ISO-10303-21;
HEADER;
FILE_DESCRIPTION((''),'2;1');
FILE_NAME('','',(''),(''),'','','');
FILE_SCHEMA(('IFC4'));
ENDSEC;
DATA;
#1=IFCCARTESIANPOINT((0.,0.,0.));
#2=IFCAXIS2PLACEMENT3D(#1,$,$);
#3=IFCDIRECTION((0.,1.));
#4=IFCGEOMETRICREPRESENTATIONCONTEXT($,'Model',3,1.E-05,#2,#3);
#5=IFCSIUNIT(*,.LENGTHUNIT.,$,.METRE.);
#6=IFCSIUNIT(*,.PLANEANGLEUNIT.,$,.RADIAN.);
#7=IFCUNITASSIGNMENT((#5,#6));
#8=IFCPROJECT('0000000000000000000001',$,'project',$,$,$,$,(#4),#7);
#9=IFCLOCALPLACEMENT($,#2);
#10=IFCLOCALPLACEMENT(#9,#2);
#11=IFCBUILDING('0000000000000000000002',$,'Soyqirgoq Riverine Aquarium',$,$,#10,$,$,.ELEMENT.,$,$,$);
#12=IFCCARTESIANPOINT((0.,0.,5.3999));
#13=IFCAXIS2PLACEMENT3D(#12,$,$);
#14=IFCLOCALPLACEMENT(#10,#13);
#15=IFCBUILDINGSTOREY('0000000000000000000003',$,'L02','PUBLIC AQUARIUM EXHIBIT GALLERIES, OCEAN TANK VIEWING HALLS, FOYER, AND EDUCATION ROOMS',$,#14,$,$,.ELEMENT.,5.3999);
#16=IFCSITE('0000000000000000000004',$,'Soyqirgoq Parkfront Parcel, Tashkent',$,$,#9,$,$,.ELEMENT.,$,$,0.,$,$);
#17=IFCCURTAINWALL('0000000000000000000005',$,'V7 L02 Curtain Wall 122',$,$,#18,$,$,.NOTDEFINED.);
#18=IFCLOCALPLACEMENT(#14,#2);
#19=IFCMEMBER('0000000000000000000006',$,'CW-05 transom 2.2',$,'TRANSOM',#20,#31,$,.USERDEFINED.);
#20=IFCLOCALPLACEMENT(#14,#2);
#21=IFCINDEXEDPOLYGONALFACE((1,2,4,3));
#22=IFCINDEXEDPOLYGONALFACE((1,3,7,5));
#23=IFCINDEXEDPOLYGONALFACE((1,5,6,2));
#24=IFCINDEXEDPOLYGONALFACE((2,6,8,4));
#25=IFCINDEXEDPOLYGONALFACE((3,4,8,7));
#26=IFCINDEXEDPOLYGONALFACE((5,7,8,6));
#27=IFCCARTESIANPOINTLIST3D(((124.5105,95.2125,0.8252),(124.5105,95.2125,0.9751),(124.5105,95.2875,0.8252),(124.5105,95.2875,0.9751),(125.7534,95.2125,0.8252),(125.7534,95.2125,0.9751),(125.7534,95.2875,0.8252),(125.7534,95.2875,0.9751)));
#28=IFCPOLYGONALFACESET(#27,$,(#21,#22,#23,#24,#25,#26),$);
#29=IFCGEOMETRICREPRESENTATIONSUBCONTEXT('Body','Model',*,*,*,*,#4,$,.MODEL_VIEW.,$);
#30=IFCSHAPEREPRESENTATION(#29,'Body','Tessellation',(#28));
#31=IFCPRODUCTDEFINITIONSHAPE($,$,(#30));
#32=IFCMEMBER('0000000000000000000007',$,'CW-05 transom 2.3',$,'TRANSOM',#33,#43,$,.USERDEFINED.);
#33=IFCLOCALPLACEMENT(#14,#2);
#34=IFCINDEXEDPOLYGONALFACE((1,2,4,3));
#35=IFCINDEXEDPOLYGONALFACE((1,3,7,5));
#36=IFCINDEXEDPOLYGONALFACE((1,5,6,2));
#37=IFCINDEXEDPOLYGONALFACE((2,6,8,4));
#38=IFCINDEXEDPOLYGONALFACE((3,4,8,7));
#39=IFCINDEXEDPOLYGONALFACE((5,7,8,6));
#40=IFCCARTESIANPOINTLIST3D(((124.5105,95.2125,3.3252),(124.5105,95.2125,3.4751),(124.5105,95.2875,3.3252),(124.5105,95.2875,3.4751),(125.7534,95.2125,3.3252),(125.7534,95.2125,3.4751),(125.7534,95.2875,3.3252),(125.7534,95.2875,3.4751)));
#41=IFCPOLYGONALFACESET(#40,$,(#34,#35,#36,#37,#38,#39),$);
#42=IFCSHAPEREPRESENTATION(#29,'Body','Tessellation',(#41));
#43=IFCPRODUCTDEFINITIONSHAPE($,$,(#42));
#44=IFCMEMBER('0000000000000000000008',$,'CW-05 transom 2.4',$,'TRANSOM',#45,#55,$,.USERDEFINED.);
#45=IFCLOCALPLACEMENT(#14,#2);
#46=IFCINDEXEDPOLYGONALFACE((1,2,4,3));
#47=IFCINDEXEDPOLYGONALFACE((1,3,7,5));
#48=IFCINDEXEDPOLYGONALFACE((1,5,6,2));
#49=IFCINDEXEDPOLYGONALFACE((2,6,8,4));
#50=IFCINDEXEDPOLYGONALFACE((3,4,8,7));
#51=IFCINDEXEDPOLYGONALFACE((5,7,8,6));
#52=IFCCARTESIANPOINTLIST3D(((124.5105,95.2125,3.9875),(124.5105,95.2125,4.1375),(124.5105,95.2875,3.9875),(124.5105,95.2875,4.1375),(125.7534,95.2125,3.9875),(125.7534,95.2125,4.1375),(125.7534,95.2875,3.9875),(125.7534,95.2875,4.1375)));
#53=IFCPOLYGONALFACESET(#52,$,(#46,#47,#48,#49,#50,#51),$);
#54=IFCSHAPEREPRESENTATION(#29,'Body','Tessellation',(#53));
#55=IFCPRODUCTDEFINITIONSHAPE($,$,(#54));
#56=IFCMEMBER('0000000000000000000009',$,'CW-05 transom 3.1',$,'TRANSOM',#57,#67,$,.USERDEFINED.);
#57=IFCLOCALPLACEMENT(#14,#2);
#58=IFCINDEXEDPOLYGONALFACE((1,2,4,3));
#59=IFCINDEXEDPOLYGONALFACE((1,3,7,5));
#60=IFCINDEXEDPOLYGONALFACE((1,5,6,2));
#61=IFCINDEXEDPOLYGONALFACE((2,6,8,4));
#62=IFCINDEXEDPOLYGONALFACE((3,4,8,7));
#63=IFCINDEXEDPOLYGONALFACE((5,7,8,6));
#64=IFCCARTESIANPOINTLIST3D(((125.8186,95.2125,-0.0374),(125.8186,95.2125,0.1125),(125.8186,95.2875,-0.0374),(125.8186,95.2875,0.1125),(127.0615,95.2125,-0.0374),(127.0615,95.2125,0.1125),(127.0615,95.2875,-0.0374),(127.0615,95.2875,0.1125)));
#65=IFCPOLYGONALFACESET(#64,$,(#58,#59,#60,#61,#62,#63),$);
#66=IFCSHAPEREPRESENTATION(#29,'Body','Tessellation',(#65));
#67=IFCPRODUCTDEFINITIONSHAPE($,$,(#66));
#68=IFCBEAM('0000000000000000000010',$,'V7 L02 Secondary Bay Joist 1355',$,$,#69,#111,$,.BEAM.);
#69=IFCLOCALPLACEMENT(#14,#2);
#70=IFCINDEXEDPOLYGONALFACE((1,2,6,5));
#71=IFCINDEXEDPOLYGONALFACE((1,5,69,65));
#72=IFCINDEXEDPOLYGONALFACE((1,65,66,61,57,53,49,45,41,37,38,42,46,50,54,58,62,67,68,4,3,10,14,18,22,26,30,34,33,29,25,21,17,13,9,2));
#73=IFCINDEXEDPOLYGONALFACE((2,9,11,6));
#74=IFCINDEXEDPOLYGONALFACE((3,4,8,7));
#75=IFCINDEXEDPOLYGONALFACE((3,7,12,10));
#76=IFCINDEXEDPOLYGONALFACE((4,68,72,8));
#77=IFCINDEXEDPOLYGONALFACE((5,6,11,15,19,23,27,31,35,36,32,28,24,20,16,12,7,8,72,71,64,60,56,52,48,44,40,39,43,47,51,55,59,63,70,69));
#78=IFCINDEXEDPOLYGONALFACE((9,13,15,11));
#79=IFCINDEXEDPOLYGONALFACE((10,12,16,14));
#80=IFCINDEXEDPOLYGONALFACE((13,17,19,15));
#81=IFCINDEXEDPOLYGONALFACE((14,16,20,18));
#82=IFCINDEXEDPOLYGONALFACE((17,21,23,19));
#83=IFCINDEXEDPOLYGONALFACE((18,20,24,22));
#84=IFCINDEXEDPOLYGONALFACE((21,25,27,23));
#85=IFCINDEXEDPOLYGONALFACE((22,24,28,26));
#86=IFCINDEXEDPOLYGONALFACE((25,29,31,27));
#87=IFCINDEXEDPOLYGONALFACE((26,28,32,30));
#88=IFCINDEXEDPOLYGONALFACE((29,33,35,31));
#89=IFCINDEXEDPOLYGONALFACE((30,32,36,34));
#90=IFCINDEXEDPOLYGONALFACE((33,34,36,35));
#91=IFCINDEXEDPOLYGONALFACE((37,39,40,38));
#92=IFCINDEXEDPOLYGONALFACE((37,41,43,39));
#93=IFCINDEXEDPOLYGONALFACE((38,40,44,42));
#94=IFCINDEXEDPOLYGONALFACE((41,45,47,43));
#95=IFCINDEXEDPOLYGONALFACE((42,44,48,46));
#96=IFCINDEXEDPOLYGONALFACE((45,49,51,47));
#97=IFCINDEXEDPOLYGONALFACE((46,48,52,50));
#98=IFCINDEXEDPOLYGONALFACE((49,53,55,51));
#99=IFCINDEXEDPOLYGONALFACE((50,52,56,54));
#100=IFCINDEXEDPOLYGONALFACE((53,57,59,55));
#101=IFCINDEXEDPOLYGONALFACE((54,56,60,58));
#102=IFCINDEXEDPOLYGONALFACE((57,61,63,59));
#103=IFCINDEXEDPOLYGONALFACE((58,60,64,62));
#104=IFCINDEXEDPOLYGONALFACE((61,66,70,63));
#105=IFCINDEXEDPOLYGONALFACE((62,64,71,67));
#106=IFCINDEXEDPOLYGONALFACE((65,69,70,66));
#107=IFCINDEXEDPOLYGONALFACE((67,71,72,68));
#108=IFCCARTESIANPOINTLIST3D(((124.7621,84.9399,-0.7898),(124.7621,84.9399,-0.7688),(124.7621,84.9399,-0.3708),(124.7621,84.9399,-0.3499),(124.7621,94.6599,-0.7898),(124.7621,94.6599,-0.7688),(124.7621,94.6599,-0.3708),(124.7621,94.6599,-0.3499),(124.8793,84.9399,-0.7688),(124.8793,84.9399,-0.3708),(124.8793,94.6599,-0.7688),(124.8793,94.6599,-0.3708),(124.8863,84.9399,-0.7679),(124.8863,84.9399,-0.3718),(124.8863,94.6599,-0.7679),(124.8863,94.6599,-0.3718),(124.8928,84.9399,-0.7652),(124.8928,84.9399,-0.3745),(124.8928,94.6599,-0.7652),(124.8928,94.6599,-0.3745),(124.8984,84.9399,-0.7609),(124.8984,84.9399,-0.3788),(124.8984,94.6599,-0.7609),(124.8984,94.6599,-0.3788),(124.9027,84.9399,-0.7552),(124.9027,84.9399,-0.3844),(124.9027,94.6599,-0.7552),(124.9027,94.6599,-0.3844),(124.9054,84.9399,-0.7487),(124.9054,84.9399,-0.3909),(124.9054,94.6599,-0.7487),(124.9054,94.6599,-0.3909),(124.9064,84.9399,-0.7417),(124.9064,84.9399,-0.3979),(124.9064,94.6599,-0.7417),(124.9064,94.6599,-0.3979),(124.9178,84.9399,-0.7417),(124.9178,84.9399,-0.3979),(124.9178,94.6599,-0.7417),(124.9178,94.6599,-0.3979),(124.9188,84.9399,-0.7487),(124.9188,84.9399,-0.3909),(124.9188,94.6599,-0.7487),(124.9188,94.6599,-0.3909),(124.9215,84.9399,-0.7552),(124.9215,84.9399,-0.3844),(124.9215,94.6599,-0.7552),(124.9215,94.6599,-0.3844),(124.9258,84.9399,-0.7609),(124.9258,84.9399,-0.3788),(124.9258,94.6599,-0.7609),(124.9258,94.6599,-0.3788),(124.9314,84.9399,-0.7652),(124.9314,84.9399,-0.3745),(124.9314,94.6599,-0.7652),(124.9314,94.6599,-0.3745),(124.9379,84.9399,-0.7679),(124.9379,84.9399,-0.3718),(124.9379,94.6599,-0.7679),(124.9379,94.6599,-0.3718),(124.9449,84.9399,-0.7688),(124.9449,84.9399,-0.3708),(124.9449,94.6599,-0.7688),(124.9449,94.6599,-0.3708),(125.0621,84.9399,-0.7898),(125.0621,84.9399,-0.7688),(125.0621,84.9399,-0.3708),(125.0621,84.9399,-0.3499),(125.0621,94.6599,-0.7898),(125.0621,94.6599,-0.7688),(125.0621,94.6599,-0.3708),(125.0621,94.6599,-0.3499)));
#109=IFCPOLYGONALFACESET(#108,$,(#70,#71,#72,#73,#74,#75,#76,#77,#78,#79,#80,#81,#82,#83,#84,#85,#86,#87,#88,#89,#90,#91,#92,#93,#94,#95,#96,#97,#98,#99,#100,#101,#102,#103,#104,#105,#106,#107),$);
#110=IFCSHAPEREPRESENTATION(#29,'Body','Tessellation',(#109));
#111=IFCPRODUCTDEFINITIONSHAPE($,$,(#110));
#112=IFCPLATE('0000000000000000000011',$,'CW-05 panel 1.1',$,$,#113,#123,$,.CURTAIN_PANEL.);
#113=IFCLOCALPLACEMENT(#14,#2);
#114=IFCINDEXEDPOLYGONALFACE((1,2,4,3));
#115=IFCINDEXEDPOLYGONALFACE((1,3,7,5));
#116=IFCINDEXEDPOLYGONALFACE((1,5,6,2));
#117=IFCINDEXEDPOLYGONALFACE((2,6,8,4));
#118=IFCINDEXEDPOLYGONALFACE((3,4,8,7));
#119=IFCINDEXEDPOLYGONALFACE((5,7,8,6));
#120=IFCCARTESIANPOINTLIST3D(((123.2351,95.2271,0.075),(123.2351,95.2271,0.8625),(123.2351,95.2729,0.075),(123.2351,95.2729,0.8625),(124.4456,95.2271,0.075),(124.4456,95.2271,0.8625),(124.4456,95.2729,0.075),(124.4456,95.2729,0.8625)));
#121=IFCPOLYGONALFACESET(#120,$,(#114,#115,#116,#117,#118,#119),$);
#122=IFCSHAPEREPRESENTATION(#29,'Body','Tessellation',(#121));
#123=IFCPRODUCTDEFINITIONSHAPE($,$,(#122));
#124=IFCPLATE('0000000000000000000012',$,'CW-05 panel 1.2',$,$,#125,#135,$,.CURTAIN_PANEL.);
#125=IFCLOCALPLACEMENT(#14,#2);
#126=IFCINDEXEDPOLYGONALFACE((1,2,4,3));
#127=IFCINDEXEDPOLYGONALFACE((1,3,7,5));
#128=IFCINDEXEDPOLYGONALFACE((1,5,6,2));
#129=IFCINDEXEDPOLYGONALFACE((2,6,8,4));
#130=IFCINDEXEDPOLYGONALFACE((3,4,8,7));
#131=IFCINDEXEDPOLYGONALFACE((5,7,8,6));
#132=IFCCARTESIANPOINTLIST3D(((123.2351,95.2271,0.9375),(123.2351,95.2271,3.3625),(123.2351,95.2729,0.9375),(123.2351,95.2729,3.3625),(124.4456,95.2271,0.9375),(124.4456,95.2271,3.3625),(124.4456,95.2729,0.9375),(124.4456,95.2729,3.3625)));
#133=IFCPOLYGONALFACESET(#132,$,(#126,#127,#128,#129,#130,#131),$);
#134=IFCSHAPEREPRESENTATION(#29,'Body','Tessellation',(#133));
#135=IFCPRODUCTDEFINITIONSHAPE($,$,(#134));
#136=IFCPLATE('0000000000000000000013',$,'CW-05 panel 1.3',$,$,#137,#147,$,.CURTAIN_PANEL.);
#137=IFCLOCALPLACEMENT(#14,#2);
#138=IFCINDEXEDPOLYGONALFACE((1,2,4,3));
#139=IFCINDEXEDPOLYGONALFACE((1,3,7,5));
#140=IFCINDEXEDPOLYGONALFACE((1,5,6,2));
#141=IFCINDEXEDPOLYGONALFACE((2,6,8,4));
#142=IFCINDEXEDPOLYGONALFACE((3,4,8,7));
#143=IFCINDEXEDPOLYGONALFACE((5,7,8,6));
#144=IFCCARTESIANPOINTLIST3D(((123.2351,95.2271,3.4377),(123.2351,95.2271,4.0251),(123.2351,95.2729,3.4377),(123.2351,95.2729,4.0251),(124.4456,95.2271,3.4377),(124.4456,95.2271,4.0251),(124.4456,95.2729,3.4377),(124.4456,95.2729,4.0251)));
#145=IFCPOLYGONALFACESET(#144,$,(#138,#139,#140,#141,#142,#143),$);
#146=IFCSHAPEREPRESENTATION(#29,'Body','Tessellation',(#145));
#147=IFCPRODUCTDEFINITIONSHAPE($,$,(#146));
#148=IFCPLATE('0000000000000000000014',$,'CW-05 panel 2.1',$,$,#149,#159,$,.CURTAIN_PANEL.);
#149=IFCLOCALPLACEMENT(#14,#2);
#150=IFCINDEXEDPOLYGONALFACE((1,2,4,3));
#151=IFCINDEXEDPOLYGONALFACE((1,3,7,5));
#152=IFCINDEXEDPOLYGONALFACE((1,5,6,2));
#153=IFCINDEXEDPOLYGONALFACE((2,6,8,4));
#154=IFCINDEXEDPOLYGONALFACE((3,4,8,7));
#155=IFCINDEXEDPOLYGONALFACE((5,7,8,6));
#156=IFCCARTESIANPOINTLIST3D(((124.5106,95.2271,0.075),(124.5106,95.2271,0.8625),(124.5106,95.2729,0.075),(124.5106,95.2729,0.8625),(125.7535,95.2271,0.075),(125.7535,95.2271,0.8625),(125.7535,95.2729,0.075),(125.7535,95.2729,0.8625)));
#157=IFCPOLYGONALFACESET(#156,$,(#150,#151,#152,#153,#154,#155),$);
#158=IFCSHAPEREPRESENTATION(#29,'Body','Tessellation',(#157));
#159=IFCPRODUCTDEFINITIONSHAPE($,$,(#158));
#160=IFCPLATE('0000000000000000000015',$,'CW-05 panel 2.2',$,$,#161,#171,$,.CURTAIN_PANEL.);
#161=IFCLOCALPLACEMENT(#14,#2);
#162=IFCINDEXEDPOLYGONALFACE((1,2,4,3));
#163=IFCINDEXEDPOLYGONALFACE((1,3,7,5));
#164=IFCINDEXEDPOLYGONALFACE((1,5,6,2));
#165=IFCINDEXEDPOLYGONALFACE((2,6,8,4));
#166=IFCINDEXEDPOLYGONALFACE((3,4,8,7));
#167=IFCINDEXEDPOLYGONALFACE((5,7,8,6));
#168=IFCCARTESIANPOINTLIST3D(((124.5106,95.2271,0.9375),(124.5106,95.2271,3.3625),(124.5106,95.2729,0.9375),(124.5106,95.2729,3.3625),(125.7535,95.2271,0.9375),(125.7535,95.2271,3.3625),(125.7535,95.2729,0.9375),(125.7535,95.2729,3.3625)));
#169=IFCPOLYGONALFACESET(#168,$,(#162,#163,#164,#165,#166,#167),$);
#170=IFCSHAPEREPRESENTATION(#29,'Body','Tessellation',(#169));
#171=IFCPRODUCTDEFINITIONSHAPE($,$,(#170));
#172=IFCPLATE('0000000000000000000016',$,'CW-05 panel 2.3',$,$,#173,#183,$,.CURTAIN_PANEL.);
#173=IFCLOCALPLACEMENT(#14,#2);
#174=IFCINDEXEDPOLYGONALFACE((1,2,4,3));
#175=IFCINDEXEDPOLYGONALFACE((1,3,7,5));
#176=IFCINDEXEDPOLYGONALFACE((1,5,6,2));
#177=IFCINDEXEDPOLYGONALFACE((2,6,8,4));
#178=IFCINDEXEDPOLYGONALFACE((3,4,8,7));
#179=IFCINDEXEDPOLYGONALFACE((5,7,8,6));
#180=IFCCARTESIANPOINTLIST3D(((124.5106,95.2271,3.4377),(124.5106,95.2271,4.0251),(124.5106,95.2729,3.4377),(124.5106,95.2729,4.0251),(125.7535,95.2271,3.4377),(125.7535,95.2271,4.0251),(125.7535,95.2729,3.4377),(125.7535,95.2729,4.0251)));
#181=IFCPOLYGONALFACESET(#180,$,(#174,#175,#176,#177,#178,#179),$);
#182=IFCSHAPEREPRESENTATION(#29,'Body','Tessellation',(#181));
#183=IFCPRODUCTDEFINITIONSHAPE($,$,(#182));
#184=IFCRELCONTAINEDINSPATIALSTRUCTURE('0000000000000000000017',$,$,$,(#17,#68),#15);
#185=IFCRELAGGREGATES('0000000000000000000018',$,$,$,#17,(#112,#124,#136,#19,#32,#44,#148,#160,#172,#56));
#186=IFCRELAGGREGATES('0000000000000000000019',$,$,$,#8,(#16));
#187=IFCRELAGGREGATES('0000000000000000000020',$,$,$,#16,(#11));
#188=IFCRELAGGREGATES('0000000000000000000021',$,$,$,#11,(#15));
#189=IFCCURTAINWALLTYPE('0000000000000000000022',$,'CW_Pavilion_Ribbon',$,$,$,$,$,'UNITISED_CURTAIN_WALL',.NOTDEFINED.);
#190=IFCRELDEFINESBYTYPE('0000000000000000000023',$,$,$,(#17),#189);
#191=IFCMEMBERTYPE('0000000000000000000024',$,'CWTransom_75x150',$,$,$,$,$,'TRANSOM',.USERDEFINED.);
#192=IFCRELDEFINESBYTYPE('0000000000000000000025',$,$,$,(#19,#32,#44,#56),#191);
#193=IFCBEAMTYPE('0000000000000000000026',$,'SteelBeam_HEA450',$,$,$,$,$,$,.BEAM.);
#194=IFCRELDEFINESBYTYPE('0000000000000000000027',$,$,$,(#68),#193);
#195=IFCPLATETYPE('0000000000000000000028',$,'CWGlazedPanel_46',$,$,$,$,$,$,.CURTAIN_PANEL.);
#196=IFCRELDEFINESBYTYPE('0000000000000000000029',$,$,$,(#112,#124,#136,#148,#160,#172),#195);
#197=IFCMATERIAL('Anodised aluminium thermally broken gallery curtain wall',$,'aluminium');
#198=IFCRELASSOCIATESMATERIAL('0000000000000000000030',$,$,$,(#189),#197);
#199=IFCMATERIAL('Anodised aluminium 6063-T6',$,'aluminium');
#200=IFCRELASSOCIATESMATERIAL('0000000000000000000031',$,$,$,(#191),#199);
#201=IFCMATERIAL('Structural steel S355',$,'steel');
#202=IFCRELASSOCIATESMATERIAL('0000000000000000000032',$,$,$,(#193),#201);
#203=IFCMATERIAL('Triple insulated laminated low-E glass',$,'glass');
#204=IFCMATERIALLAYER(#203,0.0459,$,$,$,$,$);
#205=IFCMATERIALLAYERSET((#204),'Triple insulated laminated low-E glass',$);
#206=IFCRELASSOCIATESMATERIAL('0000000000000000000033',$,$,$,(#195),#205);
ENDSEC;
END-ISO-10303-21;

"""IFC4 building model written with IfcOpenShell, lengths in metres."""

from ifc_helpers import new_model, si_unit, direction, frame, origin, origin_2d, place, context, subcontext, project, spatial, rectangle, i_section, extrude, material, layer, layer_set, material_profile, profile_set, type_object, element, aggregate, save


model = new_model("IFC4")

# Units and contexts
model_context = context("Model", 3, precision=1e-05, world=origin(), true_north=direction((0.0, 1.0)))
body_context = subcontext(model_context, "Body", "Model", "MODEL_VIEW")
ifc_project = project(units=[si_unit("LENGTHUNIT", "METRE"), si_unit("PLANEANGLEUNIT", "RADIAN")], contexts=[model_context])

# Site, building, storey
site_placement = place(None, origin())
site = spatial("IfcSite", under=ifc_project, at=site_placement, Name="Soyqirgoq Parkfront Parcel, Tashkent", CompositionType="ELEMENT", RefElevation=0.0)
building_placement = place(site_placement, origin())
building = spatial("IfcBuilding", under=site, at=building_placement, Name="Soyqirgoq Riverine Aquarium", CompositionType="ELEMENT")
storey_placement = place(building_placement, frame((0.0, 0.0, 5.3999)))
storey = spatial("IfcBuildingStorey", under=building, at=storey_placement, Name="L02", Description="PUBLIC AQUARIUM EXHIBIT GALLERIES, OCEAN TANK VIEWING HALLS, FOYER, AND EDUCATION ROOMS", CompositionType="ELEMENT", Elevation=5.3999)

# Curtain wall, members
ifc_material_1 = material(Name="Anodised aluminium thermally broken gallery curtain wall", Category="aluminium")
curtain_wall_type = type_object("IfcCurtainWallType", Name="CW_Pavilion_Ribbon", ElementType="UNITISED_CURTAIN_WALL", PredefinedType="NOTDEFINED", material=ifc_material_1)
curtain_wall_placement = place(storey_placement, origin())
curtain_wall = element("IfcCurtainWall", 1, at=curtain_wall_placement, inside=storey, type_object=curtain_wall_type, Name="V7 L02 Curtain Wall 122", PredefinedType="NOTDEFINED")
ifc_material_2 = material(Name="Anodised aluminium 6063-T6", Category="aluminium")
ifc_material_profile_1 = material_profile(ifc_material_2, rectangle(XDim=0.075, YDim=0.1499, at=origin_2d()), Name="ALU-T 75x150")
ifc_profile_set_1 = profile_set([ifc_material_profile_1], Name="Anodised aluminium 6063-T6")
member_type_1 = type_object("IfcMemberType", Name="CWTransom_75x150", ElementType="TRANSOM", PredefinedType="USERDEFINED", material=ifc_profile_set_1)
member_1_placement = place(storey_placement, frame((124.5105, 95.25, 0.9001), z_axis=(1.0, 0.0, 0.0), x_axis=(0.0, 1.0, 0.0)))
member_1 = element("IfcMember", 2, at=member_1_placement, type_object=member_type_1, Name="CW-05 transom 2.2", ObjectType="TRANSOM", PredefinedType="USERDEFINED", context=body_context, shape_type="SweptSolid", body=[
    extrude(rectangle(XDim=0.075, YDim=0.1499, at=origin_2d()), origin(), (0.0, 0.0, 1.0), 1.2429),
])
member_2_placement = place(storey_placement, frame((124.5105, 95.25, 3.4001), z_axis=(1.0, 0.0, 0.0), x_axis=(0.0, 1.0, 0.0)))
member_2 = element("IfcMember", 3, at=member_2_placement, type_object=member_type_1, Name="CW-05 transom 2.3", ObjectType="TRANSOM", PredefinedType="USERDEFINED", context=body_context, shape_type="SweptSolid", body=[
    extrude(rectangle(XDim=0.075, YDim=0.1499, at=origin_2d()), origin(), (0.0, 0.0, 1.0), 1.2429),
])
member_3_placement = place(storey_placement, frame((124.5105, 95.25, 4.0625), z_axis=(1.0, 0.0, 0.0), x_axis=(0.0, 1.0, 0.0)))
member_3 = element("IfcMember", 4, at=member_3_placement, type_object=member_type_1, Name="CW-05 transom 2.4", ObjectType="TRANSOM", PredefinedType="USERDEFINED", context=body_context, shape_type="SweptSolid", body=[
    extrude(rectangle(XDim=0.075, YDim=0.1499, at=origin_2d()), origin(), (0.0, 0.0, 1.0), 1.2429),
])
member_4_placement = place(storey_placement, frame((125.8186, 95.25, 0.0376), z_axis=(1.0, 0.0, 0.0), x_axis=(0.0, 1.0, 0.0)))
member_4 = element("IfcMember", 5, at=member_4_placement, type_object=member_type_1, Name="CW-05 transom 3.1", ObjectType="TRANSOM", PredefinedType="USERDEFINED", context=body_context, shape_type="SweptSolid", body=[
    extrude(rectangle(XDim=0.075, YDim=0.1499, at=origin_2d()), origin(), (0.0, 0.0, 1.0), 1.2429),
])

# Beam
ifc_material_3 = material(Name="Structural steel S355", Category="steel")
ifc_material_profile_2 = material_profile(ifc_material_3, i_section(OverallWidth=0.3, OverallDepth=0.4399, WebThickness=0.0115, FlangeThickness=0.021, FilletRadius=0.0271, at=origin_2d()), Name="HEA 450")
ifc_profile_set_2 = profile_set([ifc_material_profile_2], Name="Structural steel S355")
beam_type_1 = type_object("IfcBeamType", Name="SteelBeam_HEA450", PredefinedType="BEAM", material=ifc_profile_set_2)
beam_1_placement = place(storey_placement, frame((124.9121, 84.9399, -0.5698), z_axis=(0.0, 1.0, 0.0), x_axis=(-1.0, 0.0, 0.0)))
element("IfcBeam", 6, at=beam_1_placement, inside=storey, type_object=beam_type_1, Name="V7 L02 Secondary Bay Joist 1355", PredefinedType="BEAM", context=body_context, shape_type="SweptSolid", body=[
    extrude(i_section(OverallWidth=0.3, OverallDepth=0.4399, WebThickness=0.0115, FlangeThickness=0.021, FilletRadius=0.0271, at=origin_2d()), origin(), (0.0, 0.0, 1.0), 9.72),
])

# Plates
ifc_material_4 = material(Name="Triple insulated laminated low-E glass", Category="glass")
ifc_layer_1 = layer(ifc_material_4, 0.0459)
ifc_layer_set_1 = layer_set([ifc_layer_1], Name="Triple insulated laminated low-E glass")
plate_type = type_object("IfcPlateType", Name="CWGlazedPanel_46", PredefinedType="CURTAIN_PANEL", material=ifc_layer_set_1)
plate_1_placement = place(storey_placement, frame((123.8403, 95.25, 0.075), z_axis=(0.0, 0.0, 1.0), x_axis=(1.0, 0.0, 0.0)))
plate_1 = element("IfcPlate", 7, at=plate_1_placement, type_object=plate_type, Name="CW-05 panel 1.1", PredefinedType="CURTAIN_PANEL", context=body_context, shape_type="SweptSolid", body=[
    extrude(rectangle(XDim=1.2104, YDim=0.0459, at=origin_2d()), origin(), (0.0, 0.0, 1.0), 0.7876),
])
plate_2_placement = place(storey_placement, frame((123.8403, 95.25, 0.9375), z_axis=(0.0, 0.0, 1.0), x_axis=(1.0, 0.0, 0.0)))
plate_2 = element("IfcPlate", 8, at=plate_2_placement, type_object=plate_type, Name="CW-05 panel 1.2", PredefinedType="CURTAIN_PANEL", context=body_context, shape_type="SweptSolid", body=[
    extrude(rectangle(XDim=1.2104, YDim=0.0459, at=origin_2d()), origin(), (0.0, 0.0, 1.0), 2.425),
])
plate_3_placement = place(storey_placement, frame((123.8403, 95.25, 3.4377), z_axis=(0.0, 0.0, 1.0), x_axis=(1.0, 0.0, 0.0)))
plate_3 = element("IfcPlate", 9, at=plate_3_placement, type_object=plate_type, Name="CW-05 panel 1.3", PredefinedType="CURTAIN_PANEL", context=body_context, shape_type="SweptSolid", body=[
    extrude(rectangle(XDim=1.2104, YDim=0.0459, at=origin_2d()), origin(), (0.0, 0.0, 1.0), 0.5874),
])
plate_4_placement = place(storey_placement, frame((125.1321, 95.25, 0.075), z_axis=(0.0, 0.0, 1.0), x_axis=(1.0, 0.0, 0.0)))
plate_4 = element("IfcPlate", 10, at=plate_4_placement, type_object=plate_type, Name="CW-05 panel 2.1", PredefinedType="CURTAIN_PANEL", context=body_context, shape_type="SweptSolid", body=[
    extrude(rectangle(XDim=1.2429, YDim=0.0459, at=origin_2d()), origin(), (0.0, 0.0, 1.0), 0.7876),
])
plate_5_placement = place(storey_placement, frame((125.1321, 95.25, 0.9375), z_axis=(0.0, 0.0, 1.0), x_axis=(1.0, 0.0, 0.0)))
plate_5 = element("IfcPlate", 11, at=plate_5_placement, type_object=plate_type, Name="CW-05 panel 2.2", PredefinedType="CURTAIN_PANEL", context=body_context, shape_type="SweptSolid", body=[
    extrude(rectangle(XDim=1.2429, YDim=0.0459, at=origin_2d()), origin(), (0.0, 0.0, 1.0), 2.425),
])
plate_6_placement = place(storey_placement, frame((125.1321, 95.25, 3.4377), z_axis=(0.0, 0.0, 1.0), x_axis=(1.0, 0.0, 0.0)))
plate_6 = element("IfcPlate", 12, at=plate_6_placement, type_object=plate_type, Name="CW-05 panel 2.3", PredefinedType="CURTAIN_PANEL", context=body_context, shape_type="SweptSolid", body=[
    extrude(rectangle(XDim=1.2429, YDim=0.0459, at=origin_2d()), origin(), (0.0, 0.0, 1.0), 0.5874),
])
aggregate(curtain_wall, [plate_1, plate_2, plate_3, member_1, member_2, member_3, plate_4, plate_5, plate_6, member_4])

save(model, "model.ifc")
